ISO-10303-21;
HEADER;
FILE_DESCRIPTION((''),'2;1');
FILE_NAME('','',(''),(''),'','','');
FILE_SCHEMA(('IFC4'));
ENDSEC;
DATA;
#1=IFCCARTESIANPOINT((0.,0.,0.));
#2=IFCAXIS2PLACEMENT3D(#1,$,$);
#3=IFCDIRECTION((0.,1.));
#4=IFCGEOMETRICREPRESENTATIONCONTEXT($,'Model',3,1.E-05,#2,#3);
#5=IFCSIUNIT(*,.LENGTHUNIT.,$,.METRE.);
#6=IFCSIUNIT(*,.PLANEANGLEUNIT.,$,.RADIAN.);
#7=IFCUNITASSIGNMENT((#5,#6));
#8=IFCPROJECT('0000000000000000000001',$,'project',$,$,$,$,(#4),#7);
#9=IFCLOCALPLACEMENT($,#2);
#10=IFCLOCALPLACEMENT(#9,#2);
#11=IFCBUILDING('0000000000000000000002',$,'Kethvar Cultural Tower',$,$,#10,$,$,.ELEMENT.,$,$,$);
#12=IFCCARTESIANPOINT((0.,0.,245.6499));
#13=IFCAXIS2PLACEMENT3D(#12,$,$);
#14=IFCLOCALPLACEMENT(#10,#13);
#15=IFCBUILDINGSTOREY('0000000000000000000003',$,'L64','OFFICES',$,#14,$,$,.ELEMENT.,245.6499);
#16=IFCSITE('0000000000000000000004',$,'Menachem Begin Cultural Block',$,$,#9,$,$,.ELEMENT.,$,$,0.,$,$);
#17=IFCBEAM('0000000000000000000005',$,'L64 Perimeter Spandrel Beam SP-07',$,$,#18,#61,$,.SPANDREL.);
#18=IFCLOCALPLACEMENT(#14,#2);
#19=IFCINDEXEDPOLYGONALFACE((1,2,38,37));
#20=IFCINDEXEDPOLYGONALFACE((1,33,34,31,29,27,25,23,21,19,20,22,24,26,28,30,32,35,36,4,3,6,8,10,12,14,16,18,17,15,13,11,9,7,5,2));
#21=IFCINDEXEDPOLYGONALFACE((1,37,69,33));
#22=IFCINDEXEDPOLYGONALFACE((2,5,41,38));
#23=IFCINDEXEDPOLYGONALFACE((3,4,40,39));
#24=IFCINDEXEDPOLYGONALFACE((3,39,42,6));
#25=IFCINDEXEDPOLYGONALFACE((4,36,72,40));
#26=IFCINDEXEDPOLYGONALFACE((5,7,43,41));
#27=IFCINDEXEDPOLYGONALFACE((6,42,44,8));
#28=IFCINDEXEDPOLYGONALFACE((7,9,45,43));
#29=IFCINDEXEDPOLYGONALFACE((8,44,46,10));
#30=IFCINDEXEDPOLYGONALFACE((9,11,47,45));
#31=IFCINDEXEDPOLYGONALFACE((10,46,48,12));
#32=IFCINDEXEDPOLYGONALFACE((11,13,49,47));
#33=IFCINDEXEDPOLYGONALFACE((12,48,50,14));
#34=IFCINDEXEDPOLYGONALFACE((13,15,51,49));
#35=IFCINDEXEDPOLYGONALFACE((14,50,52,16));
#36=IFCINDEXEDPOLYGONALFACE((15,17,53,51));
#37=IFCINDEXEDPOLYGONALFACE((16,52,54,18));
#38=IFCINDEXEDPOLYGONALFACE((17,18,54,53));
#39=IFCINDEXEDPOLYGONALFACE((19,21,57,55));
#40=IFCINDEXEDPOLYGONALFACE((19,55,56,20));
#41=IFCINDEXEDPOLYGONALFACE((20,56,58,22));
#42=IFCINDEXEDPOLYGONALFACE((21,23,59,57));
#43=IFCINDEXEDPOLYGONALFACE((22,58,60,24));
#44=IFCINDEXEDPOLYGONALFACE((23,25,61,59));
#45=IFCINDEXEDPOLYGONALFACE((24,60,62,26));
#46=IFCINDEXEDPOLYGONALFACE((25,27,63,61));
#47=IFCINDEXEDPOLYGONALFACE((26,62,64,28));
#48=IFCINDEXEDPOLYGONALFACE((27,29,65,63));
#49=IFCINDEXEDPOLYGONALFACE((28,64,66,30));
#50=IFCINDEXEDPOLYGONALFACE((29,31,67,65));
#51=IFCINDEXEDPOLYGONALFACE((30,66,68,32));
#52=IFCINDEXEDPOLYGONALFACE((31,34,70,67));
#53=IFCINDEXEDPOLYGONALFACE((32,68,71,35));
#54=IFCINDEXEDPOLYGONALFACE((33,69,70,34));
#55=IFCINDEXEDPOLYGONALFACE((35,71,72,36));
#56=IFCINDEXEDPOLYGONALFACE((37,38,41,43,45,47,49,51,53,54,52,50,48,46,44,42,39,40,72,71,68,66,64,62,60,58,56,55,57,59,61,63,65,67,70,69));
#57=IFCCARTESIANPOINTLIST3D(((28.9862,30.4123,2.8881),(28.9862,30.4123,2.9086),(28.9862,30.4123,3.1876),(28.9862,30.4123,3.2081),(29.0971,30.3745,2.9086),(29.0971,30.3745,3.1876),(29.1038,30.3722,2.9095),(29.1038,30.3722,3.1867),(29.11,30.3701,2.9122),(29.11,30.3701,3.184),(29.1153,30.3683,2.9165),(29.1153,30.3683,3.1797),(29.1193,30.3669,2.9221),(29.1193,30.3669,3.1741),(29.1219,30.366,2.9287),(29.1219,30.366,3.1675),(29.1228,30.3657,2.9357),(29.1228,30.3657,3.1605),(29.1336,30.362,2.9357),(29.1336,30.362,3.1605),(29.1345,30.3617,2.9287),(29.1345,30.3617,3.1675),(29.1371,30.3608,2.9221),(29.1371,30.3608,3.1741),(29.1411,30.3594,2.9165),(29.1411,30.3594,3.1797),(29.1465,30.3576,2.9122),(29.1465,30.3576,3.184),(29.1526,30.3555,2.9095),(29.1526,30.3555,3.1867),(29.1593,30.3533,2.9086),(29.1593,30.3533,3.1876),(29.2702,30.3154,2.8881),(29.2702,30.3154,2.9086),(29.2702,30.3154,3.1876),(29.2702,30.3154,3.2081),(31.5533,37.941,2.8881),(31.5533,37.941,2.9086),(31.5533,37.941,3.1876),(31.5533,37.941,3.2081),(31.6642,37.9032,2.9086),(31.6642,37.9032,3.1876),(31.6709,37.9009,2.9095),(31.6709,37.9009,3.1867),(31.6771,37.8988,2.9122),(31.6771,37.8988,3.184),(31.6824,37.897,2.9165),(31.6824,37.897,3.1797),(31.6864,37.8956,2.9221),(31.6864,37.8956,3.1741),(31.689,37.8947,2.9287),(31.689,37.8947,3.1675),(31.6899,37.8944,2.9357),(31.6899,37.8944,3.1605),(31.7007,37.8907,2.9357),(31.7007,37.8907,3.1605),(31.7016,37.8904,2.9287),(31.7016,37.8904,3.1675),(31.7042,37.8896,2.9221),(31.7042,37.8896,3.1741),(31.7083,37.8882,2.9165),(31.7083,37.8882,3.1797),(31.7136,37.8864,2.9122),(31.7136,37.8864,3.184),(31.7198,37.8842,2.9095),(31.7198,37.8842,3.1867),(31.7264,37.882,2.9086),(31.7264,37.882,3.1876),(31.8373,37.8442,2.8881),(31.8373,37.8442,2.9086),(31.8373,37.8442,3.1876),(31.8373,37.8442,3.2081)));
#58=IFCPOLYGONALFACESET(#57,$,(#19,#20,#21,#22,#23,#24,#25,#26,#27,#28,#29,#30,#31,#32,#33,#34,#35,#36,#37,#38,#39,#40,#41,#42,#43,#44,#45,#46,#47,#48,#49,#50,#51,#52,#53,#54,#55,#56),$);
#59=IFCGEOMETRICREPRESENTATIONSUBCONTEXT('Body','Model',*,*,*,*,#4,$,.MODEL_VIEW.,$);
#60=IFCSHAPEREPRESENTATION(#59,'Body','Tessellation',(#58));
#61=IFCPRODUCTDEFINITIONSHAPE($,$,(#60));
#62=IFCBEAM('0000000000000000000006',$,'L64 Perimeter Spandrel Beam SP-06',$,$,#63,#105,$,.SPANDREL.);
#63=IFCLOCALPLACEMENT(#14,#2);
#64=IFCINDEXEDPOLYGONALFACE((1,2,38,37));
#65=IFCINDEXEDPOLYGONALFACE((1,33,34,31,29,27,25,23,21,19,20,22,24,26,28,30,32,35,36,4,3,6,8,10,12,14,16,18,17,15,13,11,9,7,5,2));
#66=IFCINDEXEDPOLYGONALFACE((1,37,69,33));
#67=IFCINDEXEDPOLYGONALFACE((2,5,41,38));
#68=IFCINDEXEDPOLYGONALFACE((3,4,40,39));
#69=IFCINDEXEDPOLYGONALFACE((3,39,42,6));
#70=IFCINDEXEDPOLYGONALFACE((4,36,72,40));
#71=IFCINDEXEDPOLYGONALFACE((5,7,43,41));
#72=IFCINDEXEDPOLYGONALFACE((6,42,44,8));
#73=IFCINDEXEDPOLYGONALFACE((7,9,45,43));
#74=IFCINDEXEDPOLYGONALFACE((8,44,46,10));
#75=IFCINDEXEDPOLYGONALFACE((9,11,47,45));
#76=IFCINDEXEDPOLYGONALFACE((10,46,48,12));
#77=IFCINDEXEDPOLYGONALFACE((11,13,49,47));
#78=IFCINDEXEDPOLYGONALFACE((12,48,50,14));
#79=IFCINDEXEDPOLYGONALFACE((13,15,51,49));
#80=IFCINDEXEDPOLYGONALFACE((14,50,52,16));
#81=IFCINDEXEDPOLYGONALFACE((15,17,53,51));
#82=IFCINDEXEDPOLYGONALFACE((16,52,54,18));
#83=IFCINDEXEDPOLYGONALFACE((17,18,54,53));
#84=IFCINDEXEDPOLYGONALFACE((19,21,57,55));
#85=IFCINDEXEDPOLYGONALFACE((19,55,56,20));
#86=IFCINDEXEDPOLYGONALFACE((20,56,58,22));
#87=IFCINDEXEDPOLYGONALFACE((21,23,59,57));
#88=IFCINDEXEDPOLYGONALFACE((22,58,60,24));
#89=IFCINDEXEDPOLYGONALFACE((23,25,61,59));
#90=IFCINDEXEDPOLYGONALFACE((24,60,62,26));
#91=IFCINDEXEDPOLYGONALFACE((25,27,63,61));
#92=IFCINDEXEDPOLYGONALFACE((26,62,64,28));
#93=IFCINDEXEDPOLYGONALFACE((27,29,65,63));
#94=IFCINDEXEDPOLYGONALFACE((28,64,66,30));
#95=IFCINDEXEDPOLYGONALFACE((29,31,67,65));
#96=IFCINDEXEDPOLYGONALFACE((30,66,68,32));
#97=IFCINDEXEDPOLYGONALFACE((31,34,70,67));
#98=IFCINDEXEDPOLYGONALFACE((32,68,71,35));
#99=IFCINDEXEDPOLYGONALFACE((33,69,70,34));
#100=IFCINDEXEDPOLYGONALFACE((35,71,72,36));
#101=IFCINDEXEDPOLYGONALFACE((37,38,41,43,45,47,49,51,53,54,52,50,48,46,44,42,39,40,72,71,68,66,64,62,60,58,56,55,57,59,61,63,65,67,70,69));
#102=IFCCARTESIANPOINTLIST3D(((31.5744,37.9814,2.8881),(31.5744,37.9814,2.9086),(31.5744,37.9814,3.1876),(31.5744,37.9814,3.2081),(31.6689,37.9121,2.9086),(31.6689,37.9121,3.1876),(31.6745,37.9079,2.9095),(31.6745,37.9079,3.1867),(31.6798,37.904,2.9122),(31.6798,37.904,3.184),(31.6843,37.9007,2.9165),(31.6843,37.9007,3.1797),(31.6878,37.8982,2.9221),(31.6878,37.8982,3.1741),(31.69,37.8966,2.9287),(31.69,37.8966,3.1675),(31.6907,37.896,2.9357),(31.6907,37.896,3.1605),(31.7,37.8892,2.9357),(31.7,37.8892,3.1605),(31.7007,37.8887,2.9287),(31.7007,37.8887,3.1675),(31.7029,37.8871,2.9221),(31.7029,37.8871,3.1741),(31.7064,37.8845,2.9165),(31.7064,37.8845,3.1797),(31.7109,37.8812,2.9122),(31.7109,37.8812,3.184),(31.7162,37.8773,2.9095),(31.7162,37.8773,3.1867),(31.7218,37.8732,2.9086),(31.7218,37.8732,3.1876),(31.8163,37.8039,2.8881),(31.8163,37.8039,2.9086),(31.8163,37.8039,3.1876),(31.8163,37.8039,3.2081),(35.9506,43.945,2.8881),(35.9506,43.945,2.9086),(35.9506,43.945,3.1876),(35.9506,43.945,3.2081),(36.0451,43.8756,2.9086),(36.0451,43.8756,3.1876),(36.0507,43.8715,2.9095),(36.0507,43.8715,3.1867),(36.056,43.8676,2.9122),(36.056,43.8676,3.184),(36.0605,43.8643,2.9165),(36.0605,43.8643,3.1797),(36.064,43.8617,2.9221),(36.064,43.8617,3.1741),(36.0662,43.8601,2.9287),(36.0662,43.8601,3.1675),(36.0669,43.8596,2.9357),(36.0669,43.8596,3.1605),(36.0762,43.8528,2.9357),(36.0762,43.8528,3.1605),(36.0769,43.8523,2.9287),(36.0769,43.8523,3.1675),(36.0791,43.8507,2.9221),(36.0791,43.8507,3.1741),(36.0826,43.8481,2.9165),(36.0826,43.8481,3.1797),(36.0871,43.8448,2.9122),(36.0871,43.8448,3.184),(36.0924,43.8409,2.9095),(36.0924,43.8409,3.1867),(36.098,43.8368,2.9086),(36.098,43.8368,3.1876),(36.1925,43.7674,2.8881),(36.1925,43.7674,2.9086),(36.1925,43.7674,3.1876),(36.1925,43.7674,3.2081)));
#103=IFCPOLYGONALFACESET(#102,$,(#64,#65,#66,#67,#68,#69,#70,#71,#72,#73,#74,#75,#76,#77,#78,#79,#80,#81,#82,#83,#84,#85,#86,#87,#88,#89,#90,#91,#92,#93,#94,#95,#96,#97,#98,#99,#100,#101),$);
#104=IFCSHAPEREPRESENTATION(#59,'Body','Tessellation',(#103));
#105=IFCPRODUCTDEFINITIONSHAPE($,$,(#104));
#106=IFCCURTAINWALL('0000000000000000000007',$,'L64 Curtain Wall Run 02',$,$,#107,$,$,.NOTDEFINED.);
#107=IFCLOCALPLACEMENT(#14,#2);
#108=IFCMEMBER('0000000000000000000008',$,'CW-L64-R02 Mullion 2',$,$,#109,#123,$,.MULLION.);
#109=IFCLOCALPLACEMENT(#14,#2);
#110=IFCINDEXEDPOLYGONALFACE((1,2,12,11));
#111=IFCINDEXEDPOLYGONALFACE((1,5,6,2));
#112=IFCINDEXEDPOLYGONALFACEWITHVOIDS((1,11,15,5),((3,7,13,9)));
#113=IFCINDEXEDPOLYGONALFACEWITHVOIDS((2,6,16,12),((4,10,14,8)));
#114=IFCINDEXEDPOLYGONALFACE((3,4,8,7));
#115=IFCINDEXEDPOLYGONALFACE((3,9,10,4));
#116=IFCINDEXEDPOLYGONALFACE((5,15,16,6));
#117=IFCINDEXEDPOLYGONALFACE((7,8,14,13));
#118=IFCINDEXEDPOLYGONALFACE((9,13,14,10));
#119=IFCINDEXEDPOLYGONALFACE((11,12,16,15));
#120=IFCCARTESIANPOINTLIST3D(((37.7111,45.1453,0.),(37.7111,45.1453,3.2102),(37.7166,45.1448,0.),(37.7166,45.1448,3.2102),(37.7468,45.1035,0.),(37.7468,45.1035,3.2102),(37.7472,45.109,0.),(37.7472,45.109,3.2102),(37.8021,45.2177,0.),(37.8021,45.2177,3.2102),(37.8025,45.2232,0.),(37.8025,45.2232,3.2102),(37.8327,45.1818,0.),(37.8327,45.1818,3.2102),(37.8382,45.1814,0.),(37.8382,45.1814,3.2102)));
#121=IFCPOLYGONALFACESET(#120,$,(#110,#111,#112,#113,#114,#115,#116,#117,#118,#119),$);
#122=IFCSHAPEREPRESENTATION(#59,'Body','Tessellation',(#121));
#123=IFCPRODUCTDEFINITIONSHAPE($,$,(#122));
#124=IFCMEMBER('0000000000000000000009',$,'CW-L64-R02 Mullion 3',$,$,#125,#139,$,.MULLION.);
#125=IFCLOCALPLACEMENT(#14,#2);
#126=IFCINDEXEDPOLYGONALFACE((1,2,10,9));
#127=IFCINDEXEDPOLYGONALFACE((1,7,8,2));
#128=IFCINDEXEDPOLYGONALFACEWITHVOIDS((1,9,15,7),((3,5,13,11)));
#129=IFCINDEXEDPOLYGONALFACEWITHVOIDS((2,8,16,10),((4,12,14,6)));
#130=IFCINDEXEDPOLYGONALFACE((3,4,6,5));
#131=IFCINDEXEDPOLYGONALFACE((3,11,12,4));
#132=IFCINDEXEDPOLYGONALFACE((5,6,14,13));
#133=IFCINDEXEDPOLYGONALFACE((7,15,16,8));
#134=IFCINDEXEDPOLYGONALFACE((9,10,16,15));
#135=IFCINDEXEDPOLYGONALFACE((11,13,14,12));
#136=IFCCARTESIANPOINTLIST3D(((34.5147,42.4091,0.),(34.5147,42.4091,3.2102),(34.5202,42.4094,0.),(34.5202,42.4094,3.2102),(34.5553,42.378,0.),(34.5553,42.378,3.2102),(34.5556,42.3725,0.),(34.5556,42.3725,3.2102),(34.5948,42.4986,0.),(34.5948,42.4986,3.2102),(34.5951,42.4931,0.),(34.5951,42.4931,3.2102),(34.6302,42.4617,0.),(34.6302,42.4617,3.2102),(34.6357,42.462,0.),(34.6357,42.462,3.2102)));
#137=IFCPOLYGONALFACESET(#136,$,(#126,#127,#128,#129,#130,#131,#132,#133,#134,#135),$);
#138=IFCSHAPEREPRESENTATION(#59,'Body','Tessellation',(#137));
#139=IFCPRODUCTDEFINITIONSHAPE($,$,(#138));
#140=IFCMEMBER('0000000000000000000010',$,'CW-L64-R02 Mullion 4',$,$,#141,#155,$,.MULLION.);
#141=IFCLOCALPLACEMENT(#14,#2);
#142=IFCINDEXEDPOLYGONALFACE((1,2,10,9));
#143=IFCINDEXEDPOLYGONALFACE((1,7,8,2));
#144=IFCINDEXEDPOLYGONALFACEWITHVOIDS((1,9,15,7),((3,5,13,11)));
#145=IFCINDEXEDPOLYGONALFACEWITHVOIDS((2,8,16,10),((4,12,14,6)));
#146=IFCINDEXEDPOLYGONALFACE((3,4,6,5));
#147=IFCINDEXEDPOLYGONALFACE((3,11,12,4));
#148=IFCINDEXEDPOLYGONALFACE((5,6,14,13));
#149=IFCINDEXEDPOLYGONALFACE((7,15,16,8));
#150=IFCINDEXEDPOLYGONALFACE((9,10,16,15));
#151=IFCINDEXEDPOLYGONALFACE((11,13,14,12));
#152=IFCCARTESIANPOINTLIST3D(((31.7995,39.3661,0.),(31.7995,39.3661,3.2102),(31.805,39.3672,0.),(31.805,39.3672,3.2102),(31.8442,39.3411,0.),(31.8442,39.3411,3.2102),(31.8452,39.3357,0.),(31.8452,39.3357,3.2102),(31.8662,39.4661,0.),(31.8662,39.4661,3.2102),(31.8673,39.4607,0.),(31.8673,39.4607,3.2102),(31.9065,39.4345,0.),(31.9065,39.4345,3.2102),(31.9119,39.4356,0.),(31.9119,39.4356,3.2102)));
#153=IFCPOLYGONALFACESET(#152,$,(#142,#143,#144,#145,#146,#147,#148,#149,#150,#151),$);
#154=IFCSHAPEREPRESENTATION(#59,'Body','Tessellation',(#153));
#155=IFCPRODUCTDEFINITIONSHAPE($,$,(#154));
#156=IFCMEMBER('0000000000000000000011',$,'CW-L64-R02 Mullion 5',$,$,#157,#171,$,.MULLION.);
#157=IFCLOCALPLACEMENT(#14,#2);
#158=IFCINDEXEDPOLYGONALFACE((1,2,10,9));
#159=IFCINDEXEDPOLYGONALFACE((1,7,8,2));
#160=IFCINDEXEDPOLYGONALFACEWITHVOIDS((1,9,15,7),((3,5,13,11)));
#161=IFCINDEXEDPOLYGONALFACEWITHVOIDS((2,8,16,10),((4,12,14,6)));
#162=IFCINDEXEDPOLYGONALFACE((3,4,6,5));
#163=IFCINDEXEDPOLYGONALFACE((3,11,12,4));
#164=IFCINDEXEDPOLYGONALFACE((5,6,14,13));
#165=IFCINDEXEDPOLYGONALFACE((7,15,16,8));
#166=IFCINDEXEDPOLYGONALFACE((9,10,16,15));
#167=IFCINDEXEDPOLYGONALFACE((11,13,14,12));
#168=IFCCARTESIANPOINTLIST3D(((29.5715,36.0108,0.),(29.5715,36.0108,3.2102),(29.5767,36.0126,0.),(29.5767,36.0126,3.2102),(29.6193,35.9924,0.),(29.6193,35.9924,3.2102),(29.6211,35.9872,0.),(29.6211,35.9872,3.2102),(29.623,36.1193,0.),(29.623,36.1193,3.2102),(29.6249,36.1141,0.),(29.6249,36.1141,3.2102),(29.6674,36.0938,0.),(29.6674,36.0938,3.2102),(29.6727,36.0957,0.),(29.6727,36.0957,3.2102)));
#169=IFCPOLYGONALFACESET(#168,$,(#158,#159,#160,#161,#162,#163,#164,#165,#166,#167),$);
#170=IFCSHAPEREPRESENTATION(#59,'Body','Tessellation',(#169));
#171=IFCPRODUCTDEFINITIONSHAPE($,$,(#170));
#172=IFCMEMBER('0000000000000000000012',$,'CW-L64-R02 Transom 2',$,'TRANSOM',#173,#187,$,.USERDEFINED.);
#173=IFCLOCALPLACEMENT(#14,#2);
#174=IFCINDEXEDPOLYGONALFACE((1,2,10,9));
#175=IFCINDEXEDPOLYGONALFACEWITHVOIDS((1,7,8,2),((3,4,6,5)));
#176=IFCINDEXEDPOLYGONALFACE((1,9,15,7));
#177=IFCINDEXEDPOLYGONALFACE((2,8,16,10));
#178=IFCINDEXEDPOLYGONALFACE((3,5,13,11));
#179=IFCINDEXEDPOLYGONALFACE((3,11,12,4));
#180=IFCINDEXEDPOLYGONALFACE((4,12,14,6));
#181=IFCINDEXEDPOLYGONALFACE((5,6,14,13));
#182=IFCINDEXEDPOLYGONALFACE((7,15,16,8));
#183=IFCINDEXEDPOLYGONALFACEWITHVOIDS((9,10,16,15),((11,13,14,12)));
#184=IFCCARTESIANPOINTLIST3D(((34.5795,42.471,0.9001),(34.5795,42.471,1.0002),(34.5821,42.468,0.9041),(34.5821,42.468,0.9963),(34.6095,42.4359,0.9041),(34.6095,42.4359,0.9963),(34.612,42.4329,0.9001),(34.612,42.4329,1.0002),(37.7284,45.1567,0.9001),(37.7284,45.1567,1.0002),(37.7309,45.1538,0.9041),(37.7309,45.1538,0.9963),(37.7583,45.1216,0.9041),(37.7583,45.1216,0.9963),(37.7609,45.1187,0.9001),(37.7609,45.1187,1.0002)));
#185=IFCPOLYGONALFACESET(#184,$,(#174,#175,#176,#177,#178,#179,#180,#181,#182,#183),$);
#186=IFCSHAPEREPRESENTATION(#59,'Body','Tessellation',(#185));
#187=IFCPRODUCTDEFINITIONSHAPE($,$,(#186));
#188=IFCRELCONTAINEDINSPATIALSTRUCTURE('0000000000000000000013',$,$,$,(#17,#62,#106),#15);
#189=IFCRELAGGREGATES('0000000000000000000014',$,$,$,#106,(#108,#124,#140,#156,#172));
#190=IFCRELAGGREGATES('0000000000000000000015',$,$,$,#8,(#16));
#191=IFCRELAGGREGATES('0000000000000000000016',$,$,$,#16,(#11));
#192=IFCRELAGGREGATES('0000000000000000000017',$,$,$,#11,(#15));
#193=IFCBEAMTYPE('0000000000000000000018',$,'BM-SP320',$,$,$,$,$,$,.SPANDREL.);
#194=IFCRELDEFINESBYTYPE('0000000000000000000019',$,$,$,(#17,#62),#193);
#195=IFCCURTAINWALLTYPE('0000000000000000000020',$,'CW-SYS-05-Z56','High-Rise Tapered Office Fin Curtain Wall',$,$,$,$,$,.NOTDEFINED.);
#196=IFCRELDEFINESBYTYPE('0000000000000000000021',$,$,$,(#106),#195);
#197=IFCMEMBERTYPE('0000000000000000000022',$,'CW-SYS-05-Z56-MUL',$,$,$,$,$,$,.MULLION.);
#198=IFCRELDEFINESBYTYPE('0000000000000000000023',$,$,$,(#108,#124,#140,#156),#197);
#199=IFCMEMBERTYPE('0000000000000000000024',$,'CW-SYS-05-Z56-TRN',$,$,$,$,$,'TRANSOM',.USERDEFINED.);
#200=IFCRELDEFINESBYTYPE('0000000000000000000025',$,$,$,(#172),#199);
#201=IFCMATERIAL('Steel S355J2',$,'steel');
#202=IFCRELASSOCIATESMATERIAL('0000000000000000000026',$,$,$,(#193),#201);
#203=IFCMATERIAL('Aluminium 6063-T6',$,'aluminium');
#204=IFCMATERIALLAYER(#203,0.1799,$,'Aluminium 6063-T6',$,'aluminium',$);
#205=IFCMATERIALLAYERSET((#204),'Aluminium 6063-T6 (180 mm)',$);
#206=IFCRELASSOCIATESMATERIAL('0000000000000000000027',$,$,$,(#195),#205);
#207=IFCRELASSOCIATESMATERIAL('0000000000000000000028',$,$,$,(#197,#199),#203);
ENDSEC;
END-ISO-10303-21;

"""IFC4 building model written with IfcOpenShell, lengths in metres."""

from ifc_helpers import new_model, si_unit, direction, frame, origin, origin_2d, place, context, subcontext, project, spatial, hollow_rectangle, i_section, extrude, source, transform, mapped, material, layer, layer_set, material_profile, profile_set, type_object, element, aggregate, save


model = new_model("IFC4")

# Units and contexts
model_context = context("Model", 3, precision=1e-05, world=origin(), true_north=direction((0.0, 1.0)))
body_context = subcontext(model_context, "Body", "Model", "MODEL_VIEW")
ifc_project = project(units=[si_unit("LENGTHUNIT", "METRE"), si_unit("PLANEANGLEUNIT", "RADIAN")], contexts=[model_context])

# Site, building, storey
site_placement = place(None, origin())
site = spatial("IfcSite", under=ifc_project, at=site_placement, Name="Menachem Begin Cultural Block", CompositionType="ELEMENT", RefElevation=0.0)
building_placement = place(site_placement, origin())
building = spatial("IfcBuilding", under=site, at=building_placement, Name="Kethvar Cultural Tower", CompositionType="ELEMENT")
storey_placement = place(building_placement, frame((0.0, 0.0, 245.6499)))
storey = spatial("IfcBuildingStorey", under=building, at=storey_placement, Name="L64", Description="OFFICES", CompositionType="ELEMENT", Elevation=245.6499)

# Beams
ifc_material_1 = material(Name="Steel S355J2", Category="steel")
ifc_material_profile_1 = material_profile(ifc_material_1, i_section(OverallWidth=0.3, OverallDepth=0.3201, WebThickness=0.0115, FlangeThickness=0.0205, FilletRadius=0.0271, at=origin_2d()), Name="Steel S355J2 — HEB320")
ifc_profile_set_1 = profile_set([ifc_material_profile_1], Name="Steel S355J2 — HEB320")
beam_type_1 = type_object("IfcBeamType", Name="BM-SP320", PredefinedType="SPANDREL", material=ifc_profile_set_1)
shared_shape_1 = source(origin(), body_context, "Body", "SweptSolid", [
    extrude(i_section(OverallWidth=0.3, OverallDepth=0.3201, WebThickness=0.0115, FlangeThickness=0.0205, FilletRadius=0.0271, at=origin_2d()), origin(), (0.0, 0.0, 1.0), 7.9543),
])
beam_1_placement = place(storey_placement, frame((31.6953, 37.8926, 3.0481), z_axis=(-0.32273, -0.946491, 0.0), x_axis=(0.946491, -0.32273, 0.0)))
element("IfcBeam", 1, at=beam_1_placement, inside=storey, type_object=beam_type_1, Name="L64 Perimeter Spandrel Beam SP-07", PredefinedType="SPANDREL", context=body_context, shape_type="MappedRepresentation", body=[
    mapped(shared_shape_1, transform((0.0, 0.0, 0.0), scale=1.0)),
])
shared_shape_2 = source(origin(), body_context, "Body", "SweptSolid", [
    extrude(i_section(OverallWidth=0.3, OverallDepth=0.3201, WebThickness=0.0115, FlangeThickness=0.0205, FilletRadius=0.0271, at=origin_2d()), origin(), (0.0, 0.0, 1.0), 7.397),
])
beam_2_placement = place(storey_placement, frame((36.0715, 43.8562, 3.0481), z_axis=(-0.591618, -0.806218, 0.0), x_axis=(0.806218, -0.591618, 0.0)))
element("IfcBeam", 2, at=beam_2_placement, inside=storey, type_object=beam_type_1, Name="L64 Perimeter Spandrel Beam SP-06", PredefinedType="SPANDREL", context=body_context, shape_type="MappedRepresentation", body=[
    mapped(shared_shape_2, transform((0.0, 0.0, 0.0), scale=1.0)),
])

# Curtain wall, members
ifc_material_2 = material(Name="Aluminium 6063-T6", Category="aluminium")
ifc_layer_1 = layer(ifc_material_2, 0.1799, Name="Aluminium 6063-T6", Category="aluminium")
ifc_layer_set_1 = layer_set([ifc_layer_1], Name="Aluminium 6063-T6 (180 mm)")
curtain_wall_type = type_object("IfcCurtainWallType", Name="CW-SYS-05-Z56", Description="High-Rise Tapered Office Fin Curtain Wall", PredefinedType="NOTDEFINED", material=ifc_layer_set_1)
curtain_wall_placement = place(storey_placement, origin())
curtain_wall = element("IfcCurtainWall", 3, at=curtain_wall_placement, inside=storey, type_object=curtain_wall_type, Name="L64 Curtain Wall Run 02", PredefinedType="NOTDEFINED")
ifc_material_profile_2 = material_profile(ifc_material_2, hollow_rectangle(XDim=0.0549, YDim=0.1201, WallThickness=0.0039, at=origin_2d()), Name="Aluminium 6063-T6 — RHS120x55x4")
ifc_profile_set_2 = profile_set([ifc_material_profile_2], Name="Aluminium 6063-T6 — RHS120x55x4")
member_type_1 = type_object("IfcMemberType", Name="CW-SYS-05-Z56-MUL", PredefinedType="MULLION", material=ifc_profile_set_2)
shared_shape_3 = source(origin(), body_context, "Body", "SweptSolid", [
    extrude(hollow_rectangle(XDim=0.0549, YDim=0.1201, WallThickness=0.0039, at=origin_2d()), origin(), (0.0, 0.0, 1.0), 3.2102),
])
member_1_placement = place(storey_placement, frame((37.7747, 45.1633, 0.0), z_axis=(0.0, 0.0, 1.0), x_axis=(0.648944, -0.760837, 0.0)))
member_1 = element("IfcMember", 4, at=member_1_placement, type_object=member_type_1, Name="CW-L64-R02 Mullion 2", PredefinedType="MULLION", context=body_context, shape_type="MappedRepresentation", body=[
    mapped(shared_shape_3, transform((0.0, 0.0, 0.0), scale=1.0)),
])
member_2_placement = place(storey_placement, frame((34.5752, 42.4355, 0.0), z_axis=(0.0, 0.0, 1.0), x_axis=(0.744859, -0.667222, 0.0)))
member_2 = element("IfcMember", 5, at=member_2_placement, type_object=member_type_1, Name="CW-L64-R02 Mullion 3", PredefinedType="MULLION", context=body_context, shape_type="MappedRepresentation", body=[
    mapped(shared_shape_3, transform((0.0, 0.0, 0.0), scale=1.0)),
])
member_3_placement = place(storey_placement, frame((31.8557, 39.4009, 0.0), z_axis=(0.0, 0.0, 1.0), x_axis=(0.831983, -0.554801, 0.0)))
member_3 = element("IfcMember", 6, at=member_3_placement, type_object=member_type_1, Name="CW-L64-R02 Mullion 4", PredefinedType="MULLION", context=body_context, shape_type="MappedRepresentation", body=[
    mapped(shared_shape_3, transform((0.0, 0.0, 0.0), scale=1.0)),
])
member_4_placement = place(storey_placement, frame((29.6221, 36.0532, 0.0), z_axis=(0.0, 0.0, 1.0), x_axis=(0.903253, -0.429109, 0.0)))
member_4 = element("IfcMember", 7, at=member_4_placement, type_object=member_type_1, Name="CW-L64-R02 Mullion 5", PredefinedType="MULLION", context=body_context, shape_type="MappedRepresentation", body=[
    mapped(shared_shape_3, transform((0.0, 0.0, 0.0), scale=1.0)),
])
ifc_material_profile_3 = material_profile(ifc_material_2, hollow_rectangle(XDim=0.05, YDim=0.1001, WallThickness=0.0039, at=origin_2d()), Name="Aluminium 6063-T6 — RHS100x50x4")
ifc_profile_set_3 = profile_set([ifc_material_profile_3], Name="Aluminium 6063-T6 — RHS100x50x4")
member_type_2 = type_object("IfcMemberType", Name="CW-SYS-05-Z56-TRN", ElementType="TRANSOM", PredefinedType="USERDEFINED", material=ifc_profile_set_3)
shared_shape_4 = source(origin(), body_context, "Body", "SweptSolid", [
    extrude(hollow_rectangle(XDim=0.05, YDim=0.1001, WallThickness=0.0039, at=origin_2d()), origin(), (0.0, 0.0, 1.0), 4.1387),
])
member_5_placement = place(storey_placement, frame((37.7446, 45.1377, 0.9502), z_axis=(-0.760841, -0.648939, 0.0), x_axis=(0.648939, -0.760841, 0.0)))
member_5 = element("IfcMember", 8, at=member_5_placement, type_object=member_type_2, Name="CW-L64-R02 Transom 2", ObjectType="TRANSOM", PredefinedType="USERDEFINED", context=body_context, shape_type="MappedRepresentation", body=[
    mapped(shared_shape_4, transform((0.0, 0.0, 0.0), scale=1.0)),
])
aggregate(curtain_wall, [member_1, member_2, member_3, member_4, member_5])

save(model, "model.ifc")
